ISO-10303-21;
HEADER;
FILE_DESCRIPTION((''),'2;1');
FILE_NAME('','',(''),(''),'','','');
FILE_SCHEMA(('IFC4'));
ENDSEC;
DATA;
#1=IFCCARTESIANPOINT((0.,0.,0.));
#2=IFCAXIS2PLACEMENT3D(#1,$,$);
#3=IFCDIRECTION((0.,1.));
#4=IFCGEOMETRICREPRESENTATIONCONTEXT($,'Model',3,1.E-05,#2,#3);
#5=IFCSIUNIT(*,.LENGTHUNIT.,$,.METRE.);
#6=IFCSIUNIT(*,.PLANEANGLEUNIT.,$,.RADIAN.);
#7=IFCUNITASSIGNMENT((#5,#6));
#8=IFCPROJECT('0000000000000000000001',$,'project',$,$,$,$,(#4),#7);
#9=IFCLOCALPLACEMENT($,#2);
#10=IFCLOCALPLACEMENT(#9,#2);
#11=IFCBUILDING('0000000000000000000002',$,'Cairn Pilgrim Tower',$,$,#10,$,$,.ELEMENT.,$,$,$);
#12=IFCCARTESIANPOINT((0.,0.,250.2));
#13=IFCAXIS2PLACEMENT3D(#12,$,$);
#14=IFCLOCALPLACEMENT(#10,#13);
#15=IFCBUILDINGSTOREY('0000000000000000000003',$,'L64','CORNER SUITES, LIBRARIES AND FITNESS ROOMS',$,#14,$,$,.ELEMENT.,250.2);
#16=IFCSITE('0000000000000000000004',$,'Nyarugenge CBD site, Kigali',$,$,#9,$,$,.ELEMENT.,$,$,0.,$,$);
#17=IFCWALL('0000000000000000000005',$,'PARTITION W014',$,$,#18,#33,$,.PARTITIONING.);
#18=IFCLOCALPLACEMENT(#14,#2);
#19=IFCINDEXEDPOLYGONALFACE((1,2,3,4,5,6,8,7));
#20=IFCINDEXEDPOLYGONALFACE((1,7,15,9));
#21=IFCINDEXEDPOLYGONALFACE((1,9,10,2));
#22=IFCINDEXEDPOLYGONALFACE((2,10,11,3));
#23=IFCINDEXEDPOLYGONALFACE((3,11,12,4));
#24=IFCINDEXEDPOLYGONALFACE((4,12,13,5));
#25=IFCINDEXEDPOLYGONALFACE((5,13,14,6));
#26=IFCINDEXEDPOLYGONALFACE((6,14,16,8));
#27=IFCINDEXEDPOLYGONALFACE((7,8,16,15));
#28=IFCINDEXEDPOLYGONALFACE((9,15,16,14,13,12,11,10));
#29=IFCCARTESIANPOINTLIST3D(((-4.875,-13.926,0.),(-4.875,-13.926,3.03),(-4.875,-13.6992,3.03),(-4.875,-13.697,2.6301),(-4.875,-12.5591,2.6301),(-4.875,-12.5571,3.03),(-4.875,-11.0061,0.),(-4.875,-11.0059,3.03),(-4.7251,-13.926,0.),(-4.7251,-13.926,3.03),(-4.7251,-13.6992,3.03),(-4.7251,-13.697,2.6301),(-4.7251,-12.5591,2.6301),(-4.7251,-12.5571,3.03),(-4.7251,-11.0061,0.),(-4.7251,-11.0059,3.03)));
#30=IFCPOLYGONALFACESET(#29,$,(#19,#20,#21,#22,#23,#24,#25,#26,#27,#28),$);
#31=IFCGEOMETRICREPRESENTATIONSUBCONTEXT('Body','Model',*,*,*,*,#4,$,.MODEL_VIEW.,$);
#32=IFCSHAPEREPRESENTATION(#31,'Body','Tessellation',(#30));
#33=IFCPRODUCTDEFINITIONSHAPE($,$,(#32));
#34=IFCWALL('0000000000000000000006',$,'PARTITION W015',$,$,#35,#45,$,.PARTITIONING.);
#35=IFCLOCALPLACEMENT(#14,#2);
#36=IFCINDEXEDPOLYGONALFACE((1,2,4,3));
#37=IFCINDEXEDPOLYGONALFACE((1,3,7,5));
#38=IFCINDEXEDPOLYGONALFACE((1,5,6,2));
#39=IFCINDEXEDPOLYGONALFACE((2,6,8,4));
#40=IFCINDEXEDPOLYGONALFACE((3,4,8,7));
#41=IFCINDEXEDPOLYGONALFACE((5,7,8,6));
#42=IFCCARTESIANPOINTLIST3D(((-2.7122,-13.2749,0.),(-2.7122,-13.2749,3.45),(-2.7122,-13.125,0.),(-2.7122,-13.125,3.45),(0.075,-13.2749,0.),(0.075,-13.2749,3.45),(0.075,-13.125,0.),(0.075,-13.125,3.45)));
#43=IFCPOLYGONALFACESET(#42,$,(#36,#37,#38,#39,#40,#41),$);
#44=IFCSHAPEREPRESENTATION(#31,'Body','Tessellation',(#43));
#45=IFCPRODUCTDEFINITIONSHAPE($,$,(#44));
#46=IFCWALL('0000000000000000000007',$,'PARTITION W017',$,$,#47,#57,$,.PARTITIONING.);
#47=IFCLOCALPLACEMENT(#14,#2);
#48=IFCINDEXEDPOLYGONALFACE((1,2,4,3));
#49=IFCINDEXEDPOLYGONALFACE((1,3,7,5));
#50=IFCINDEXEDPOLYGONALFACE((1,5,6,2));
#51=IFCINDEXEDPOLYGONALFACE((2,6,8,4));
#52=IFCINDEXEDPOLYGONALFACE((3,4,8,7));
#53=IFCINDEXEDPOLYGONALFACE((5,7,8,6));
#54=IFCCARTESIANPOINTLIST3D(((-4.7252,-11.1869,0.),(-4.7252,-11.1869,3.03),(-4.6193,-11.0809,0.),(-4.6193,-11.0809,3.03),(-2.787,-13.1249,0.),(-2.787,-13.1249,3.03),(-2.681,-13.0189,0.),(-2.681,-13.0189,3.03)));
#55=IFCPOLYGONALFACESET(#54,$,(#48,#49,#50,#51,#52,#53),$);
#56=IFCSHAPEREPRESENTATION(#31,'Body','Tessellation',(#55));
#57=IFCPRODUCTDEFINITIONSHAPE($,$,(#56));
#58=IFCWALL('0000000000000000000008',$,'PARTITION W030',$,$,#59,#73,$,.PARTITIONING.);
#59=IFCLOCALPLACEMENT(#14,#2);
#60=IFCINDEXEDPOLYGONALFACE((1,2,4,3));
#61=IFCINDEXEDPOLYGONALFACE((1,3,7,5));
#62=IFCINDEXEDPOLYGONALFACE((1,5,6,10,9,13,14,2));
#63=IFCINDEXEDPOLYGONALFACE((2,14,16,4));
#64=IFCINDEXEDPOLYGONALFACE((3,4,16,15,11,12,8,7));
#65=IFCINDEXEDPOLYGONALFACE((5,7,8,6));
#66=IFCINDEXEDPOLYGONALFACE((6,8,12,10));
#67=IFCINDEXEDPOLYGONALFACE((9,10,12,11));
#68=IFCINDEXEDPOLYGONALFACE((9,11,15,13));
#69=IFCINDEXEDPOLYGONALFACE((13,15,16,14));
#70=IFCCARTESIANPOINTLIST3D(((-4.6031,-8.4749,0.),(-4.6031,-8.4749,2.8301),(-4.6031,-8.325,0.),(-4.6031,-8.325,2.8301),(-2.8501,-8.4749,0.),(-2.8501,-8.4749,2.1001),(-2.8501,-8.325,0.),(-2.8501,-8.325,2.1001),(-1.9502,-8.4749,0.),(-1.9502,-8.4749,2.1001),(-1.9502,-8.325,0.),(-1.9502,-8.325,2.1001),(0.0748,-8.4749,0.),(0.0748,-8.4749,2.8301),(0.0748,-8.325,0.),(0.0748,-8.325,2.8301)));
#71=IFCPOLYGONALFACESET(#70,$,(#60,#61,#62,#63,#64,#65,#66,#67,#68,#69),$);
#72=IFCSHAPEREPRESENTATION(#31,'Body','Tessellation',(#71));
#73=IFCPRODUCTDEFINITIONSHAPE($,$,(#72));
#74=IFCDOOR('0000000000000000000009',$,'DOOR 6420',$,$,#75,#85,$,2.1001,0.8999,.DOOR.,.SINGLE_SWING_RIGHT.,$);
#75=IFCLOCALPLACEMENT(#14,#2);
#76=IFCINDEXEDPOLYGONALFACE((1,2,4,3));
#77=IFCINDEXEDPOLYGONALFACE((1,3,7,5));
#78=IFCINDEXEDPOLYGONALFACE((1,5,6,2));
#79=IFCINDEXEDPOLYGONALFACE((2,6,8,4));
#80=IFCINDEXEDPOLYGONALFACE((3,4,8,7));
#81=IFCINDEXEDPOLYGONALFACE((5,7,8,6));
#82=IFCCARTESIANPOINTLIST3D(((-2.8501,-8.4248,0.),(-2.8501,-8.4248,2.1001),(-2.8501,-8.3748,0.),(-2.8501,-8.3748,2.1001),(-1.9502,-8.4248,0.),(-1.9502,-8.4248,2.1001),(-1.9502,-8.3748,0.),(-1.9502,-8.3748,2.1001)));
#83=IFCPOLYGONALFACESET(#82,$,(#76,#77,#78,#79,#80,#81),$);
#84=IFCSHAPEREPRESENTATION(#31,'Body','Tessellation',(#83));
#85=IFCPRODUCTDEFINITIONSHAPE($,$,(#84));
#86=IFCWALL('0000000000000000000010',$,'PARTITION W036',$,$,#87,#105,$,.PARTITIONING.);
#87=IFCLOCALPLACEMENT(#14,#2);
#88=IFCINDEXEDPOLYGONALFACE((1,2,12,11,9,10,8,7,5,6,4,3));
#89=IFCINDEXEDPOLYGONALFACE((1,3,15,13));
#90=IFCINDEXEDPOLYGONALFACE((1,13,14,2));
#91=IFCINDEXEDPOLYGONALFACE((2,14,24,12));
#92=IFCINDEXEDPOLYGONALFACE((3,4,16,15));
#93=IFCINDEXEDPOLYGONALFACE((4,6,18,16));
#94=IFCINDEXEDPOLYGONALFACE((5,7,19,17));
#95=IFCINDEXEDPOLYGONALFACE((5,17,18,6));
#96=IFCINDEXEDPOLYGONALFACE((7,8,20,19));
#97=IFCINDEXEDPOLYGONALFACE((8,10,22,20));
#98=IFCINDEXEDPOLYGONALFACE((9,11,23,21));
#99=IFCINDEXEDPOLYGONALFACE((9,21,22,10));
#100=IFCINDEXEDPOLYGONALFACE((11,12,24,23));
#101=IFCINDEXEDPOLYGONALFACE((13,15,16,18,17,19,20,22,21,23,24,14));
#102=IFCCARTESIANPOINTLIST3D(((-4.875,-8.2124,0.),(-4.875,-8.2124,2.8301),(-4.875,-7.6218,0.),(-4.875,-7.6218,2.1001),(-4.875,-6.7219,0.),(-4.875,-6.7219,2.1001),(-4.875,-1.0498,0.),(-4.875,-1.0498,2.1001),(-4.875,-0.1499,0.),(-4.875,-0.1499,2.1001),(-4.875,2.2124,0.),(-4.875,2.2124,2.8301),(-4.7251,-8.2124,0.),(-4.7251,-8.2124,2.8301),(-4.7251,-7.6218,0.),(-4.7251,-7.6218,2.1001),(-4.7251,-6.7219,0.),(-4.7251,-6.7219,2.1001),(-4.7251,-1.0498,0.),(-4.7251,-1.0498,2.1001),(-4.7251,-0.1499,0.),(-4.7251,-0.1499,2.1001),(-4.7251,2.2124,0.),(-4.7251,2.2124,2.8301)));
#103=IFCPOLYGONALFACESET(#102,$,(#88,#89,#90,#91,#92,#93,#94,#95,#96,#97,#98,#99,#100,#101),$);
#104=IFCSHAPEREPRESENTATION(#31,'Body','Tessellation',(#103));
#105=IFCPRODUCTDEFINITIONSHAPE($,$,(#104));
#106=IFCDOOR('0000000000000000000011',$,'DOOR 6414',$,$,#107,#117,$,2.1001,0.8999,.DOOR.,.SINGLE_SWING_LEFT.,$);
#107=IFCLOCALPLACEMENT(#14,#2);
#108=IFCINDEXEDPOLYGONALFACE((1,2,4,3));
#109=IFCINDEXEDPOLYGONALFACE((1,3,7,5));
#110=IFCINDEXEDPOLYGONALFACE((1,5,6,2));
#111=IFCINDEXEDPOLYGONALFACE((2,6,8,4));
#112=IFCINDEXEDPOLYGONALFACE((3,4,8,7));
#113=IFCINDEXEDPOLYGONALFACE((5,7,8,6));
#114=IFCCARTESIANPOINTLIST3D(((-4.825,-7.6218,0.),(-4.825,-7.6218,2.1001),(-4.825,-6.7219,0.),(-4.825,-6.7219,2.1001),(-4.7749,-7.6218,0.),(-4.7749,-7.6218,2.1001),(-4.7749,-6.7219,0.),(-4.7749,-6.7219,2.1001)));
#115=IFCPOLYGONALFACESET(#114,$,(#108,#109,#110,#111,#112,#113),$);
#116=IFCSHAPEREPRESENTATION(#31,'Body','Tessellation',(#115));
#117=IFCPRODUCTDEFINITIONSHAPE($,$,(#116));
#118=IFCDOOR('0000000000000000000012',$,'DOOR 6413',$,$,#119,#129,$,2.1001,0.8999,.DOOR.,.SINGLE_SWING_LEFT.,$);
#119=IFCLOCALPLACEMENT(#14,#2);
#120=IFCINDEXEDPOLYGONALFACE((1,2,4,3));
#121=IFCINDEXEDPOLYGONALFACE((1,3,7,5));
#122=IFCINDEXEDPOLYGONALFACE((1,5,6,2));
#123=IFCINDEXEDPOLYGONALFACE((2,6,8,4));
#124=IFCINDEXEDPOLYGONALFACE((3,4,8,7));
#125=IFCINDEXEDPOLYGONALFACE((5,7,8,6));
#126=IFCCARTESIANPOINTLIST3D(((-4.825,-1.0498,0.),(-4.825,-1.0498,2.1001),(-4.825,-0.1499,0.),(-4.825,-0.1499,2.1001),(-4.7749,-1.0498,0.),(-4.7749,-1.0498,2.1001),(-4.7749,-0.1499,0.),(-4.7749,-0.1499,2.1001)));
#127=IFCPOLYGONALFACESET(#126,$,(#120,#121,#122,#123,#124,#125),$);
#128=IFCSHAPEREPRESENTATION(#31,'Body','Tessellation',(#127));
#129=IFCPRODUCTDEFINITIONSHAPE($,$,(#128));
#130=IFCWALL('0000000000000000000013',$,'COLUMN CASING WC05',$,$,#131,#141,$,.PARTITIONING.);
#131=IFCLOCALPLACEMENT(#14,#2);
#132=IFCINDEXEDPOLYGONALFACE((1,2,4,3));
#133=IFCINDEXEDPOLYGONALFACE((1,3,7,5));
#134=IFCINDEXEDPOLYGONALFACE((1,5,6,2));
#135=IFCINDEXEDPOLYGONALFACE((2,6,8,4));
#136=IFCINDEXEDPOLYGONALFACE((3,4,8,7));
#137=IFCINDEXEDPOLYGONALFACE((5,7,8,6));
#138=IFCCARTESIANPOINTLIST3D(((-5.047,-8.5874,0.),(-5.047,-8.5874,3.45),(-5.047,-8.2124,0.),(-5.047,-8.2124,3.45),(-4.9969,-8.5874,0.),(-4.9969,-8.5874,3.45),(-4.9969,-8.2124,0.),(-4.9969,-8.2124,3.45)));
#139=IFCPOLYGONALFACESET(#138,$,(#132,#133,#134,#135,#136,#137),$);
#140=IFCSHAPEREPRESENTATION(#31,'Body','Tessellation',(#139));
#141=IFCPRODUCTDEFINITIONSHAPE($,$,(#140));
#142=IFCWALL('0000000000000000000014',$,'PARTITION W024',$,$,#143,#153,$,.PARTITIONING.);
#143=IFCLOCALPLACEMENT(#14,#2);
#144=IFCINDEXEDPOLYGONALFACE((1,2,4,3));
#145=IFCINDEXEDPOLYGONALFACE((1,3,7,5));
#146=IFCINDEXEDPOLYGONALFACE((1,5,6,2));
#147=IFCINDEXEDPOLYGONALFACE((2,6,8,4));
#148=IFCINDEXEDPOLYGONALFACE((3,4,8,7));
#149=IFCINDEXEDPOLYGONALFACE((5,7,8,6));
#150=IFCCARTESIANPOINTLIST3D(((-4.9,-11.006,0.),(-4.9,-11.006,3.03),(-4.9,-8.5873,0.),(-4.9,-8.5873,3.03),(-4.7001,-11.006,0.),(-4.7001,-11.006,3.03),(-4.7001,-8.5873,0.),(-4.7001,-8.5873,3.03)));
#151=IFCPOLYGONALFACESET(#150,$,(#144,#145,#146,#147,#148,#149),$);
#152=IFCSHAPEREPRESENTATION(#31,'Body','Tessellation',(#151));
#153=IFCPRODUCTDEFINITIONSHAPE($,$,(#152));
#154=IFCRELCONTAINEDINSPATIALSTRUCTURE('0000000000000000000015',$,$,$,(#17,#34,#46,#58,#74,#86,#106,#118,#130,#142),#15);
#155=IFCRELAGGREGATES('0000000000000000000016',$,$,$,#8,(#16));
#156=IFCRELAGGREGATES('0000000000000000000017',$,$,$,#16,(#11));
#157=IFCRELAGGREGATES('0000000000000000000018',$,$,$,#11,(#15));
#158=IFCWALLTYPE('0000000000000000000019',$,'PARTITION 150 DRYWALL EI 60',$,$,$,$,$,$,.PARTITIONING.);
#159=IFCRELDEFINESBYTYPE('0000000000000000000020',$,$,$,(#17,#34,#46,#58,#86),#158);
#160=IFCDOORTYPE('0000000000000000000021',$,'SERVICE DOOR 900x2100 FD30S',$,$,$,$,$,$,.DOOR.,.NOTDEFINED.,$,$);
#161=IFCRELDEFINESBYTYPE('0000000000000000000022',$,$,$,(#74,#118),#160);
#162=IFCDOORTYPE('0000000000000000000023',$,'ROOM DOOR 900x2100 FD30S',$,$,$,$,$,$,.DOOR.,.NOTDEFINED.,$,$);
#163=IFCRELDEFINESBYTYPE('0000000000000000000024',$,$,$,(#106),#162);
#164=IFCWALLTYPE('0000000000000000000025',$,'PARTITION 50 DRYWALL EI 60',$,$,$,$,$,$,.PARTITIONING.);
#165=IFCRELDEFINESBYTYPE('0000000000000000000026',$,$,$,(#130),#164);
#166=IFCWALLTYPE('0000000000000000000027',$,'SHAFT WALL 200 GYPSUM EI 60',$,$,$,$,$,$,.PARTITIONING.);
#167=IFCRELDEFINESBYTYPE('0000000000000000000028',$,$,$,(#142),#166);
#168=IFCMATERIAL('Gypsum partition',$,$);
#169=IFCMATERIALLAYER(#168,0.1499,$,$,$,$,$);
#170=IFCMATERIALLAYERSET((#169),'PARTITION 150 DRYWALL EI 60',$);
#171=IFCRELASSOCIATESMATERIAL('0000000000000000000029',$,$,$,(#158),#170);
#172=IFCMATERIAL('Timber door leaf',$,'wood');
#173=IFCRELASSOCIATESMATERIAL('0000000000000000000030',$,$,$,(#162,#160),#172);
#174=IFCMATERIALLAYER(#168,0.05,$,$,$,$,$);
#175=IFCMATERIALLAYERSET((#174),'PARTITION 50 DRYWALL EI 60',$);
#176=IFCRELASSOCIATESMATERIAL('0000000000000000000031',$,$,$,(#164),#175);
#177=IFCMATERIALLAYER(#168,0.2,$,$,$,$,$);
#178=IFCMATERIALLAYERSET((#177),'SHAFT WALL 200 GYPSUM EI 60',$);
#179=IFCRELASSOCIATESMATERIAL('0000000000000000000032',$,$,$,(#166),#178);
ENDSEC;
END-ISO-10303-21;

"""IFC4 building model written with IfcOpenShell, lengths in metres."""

from ifc_helpers import new_model, si_unit, direction, frame, frame_2d, origin, place, context, subcontext, project, spatial, polyline, rectangle, outline, extrude, material, layer, layer_set, type_object, element, fill, save


model = new_model("IFC4")

# Units and contexts
model_context = context("Model", 3, precision=1e-05, world=origin(), true_north=direction((0.0, 1.0)))
body_context = subcontext(model_context, "Body", "Model", "MODEL_VIEW")
ifc_project = project(units=[si_unit("LENGTHUNIT", "METRE"), si_unit("PLANEANGLEUNIT", "RADIAN")], contexts=[model_context])

# Site, building, storey
site_placement = place(None, origin())
site = spatial("IfcSite", under=ifc_project, at=site_placement, Name="Nyarugenge CBD site, Kigali", CompositionType="ELEMENT", RefElevation=0.0)
building_placement = place(site_placement, origin())
building = spatial("IfcBuilding", under=site, at=building_placement, Name="Cairn Pilgrim Tower", CompositionType="ELEMENT")
storey_placement = place(building_placement, frame((0.0, 0.0, 250.2)))
storey = spatial("IfcBuildingStorey", under=building, at=storey_placement, Name="L64", Description="CORNER SUITES, LIBRARIES AND FITNESS ROOMS", CompositionType="ELEMENT", Elevation=250.2)

# Shared definitions
ifc_material_1 = material(Name="Gypsum partition")
ifc_layer_1 = layer(ifc_material_1, 0.1499)
ifc_layer_set_1 = layer_set([ifc_layer_1], Name="PARTITION 150 DRYWALL EI 60")
wall_type_1 = type_object("IfcWallType", Name="PARTITION 150 DRYWALL EI 60", PredefinedType="PARTITIONING", material=ifc_layer_set_1)
ifc_material_2 = material(Name="Timber door leaf", Category="wood")
door_type_1 = type_object("IfcDoorType", Name="ROOM DOOR 900x2100 FD30S", OperationType="NOTDEFINED", PredefinedType="DOOR", material=ifc_material_2)

# Walls
wall_1_placement = place(storey_placement, frame((-4.8, -13.926, 0.0), z_axis=(0.0, 0.0, 1.0), x_axis=(0.0, 1.0, 0.0)))
element("IfcWall", 1, at=wall_1_placement, inside=storey, type_object=wall_type_1, Name="PARTITION W014", PredefinedType="PARTITIONING", context=body_context, shape_type="SweptSolid", body=[
    extrude(outline(polyline([(0.0, 0.0), (2.9199, 0.0), (2.9202, 3.03), (1.3689, 3.03), (1.3669, 2.6301), (0.229, 2.6301), (0.2268, 3.03), (0.0, 3.03), (0.0, 0.0)])), frame((0.0, 0.075, 0.0), z_axis=(0.0, -1.0, 0.0), x_axis=(1.0, 0.0, 0.0)), (0.0, 0.0, 1.0), 0.1499),
])
wall_2_placement = place(storey_placement, frame((-2.7122, -13.2, 0.0), z_axis=(0.0, 0.0, 1.0), x_axis=(1.0, 0.0, 0.0)))
element("IfcWall", 2, at=wall_2_placement, inside=storey, type_object=wall_type_1, Name="PARTITION W015", PredefinedType="PARTITIONING", context=body_context, shape_type="SweptSolid", body=[
    extrude(rectangle(XDim=2.7871, YDim=0.1499, at=frame_2d((1.3936, 0.0))), origin(), (0.0, 0.0, 1.0), 3.45),
])
wall_3_placement = place(storey_placement, frame((-2.7339, -13.072, 0.0), z_axis=(0.0, 0.0, 1.0), x_axis=(-0.707151, 0.707062, 0.0)))
element("IfcWall", 3, at=wall_3_placement, inside=storey, type_object=wall_type_1, Name="PARTITION W017", PredefinedType="PARTITIONING", context=body_context, shape_type="SweptSolid", body=[
    extrude(rectangle(XDim=2.741, YDim=0.1499, at=frame_2d((1.3706, 0.0))), origin(), (0.0, 0.0, 1.0), 3.03),
])

# Wall, opening, door
wall_4_placement = place(storey_placement, frame((-4.603, -8.3999, 0.0), z_axis=(0.0, 0.0, 1.0), x_axis=(1.0, 0.0, 0.0)))
wall_4 = element("IfcWall", 4, at=wall_4_placement, inside=storey, type_object=wall_type_1, Name="PARTITION W030", PredefinedType="PARTITIONING", context=body_context, shape_type="SweptSolid", body=[
    extrude(rectangle(XDim=4.678, YDim=0.1499, at=frame_2d((2.3389, 0.0))), origin(), (0.0, 0.0, 1.0), 2.8301),
])
opening_1_placement = place(wall_4_placement, frame((1.7529, 0.0, 0.0)))
opening_1 = element("IfcOpeningElement", 5, at=opening_1_placement, cuts=wall_4, PredefinedType="OPENING", context=body_context, shape_type="SweptSolid", body=[
    extrude(rectangle(XDim=0.8999, YDim=2.1001, at=frame_2d((0.45, 1.05))), frame((0.0, 0.085, 0.0), z_axis=(0.0, -1.0, 0.0), x_axis=(1.0, 0.0, 0.0)), (0.0, 0.0, 1.0), 0.1699),
])
door_type_2 = type_object("IfcDoorType", Name="SERVICE DOOR 900x2100 FD30S", OperationType="NOTDEFINED", PredefinedType="DOOR", material=ifc_material_2)
door_1_placement = place(opening_1_placement, frame((0.8999, 0.0, 0.0), z_axis=(0.0, 0.0, 1.0), x_axis=(-1.0, 0.0, 0.0)))
door_1 = element("IfcDoor", 6, at=door_1_placement, inside=storey, type_object=door_type_2, Name="DOOR 6420", OperationType="SINGLE_SWING_RIGHT", OverallHeight=2.1001, OverallWidth=0.8999, PredefinedType="DOOR", context=body_context, shape_type="SweptSolid", body=[
    extrude(rectangle(XDim=0.8999, YDim=2.1001, at=frame_2d((0.45, 1.05))), frame((0.0, 0.0249, 0.0), z_axis=(0.0, -1.0, 0.0), x_axis=(1.0, 0.0, 0.0)), (0.0, 0.0, 1.0), 0.05),
])
fill(opening_1, door_1)

# Wall, openings, doors
wall_5_placement = place(storey_placement, frame((-4.8, -8.2124, 0.0), z_axis=(0.0, 0.0, 1.0), x_axis=(0.0, 1.0, 0.0)))
wall_5 = element("IfcWall", 7, at=wall_5_placement, inside=storey, type_object=wall_type_1, Name="PARTITION W036", PredefinedType="PARTITIONING", context=body_context, shape_type="SweptSolid", body=[
    extrude(rectangle(XDim=10.4248, YDim=0.1499, at=frame_2d((5.2124, 0.0))), origin(), (0.0, 0.0, 1.0), 2.8301),
])
opening_2_placement = place(wall_5_placement, frame((7.1626, 0.0, 0.0)))
opening_2 = element("IfcOpeningElement", 8, at=opening_2_placement, cuts=wall_5, PredefinedType="OPENING", context=body_context, shape_type="SweptSolid", body=[
    extrude(rectangle(XDim=0.8999, YDim=2.1001, at=frame_2d((0.45, 1.05))), frame((0.0, 0.085, 0.0), z_axis=(0.0, -1.0, 0.0), x_axis=(1.0, 0.0, 0.0)), (0.0, 0.0, 1.0), 0.1699),
])
opening_3_placement = place(wall_5_placement, frame((0.5906, 0.0, 0.0)))
opening_3 = element("IfcOpeningElement", 9, at=opening_3_placement, cuts=wall_5, PredefinedType="OPENING", context=body_context, shape_type="SweptSolid", body=[
    extrude(rectangle(XDim=0.8999, YDim=2.1001, at=frame_2d((0.45, 1.05))), frame((0.0, 0.085, 0.0), z_axis=(0.0, -1.0, 0.0), x_axis=(1.0, 0.0, 0.0)), (0.0, 0.0, 1.0), 0.1699),
])
door_2_placement = place(opening_3_placement, origin())
door_2 = element("IfcDoor", 10, at=door_2_placement, inside=storey, type_object=door_type_1, Name="DOOR 6414", OperationType="SINGLE_SWING_LEFT", OverallHeight=2.1001, OverallWidth=0.8999, PredefinedType="DOOR", context=body_context, shape_type="SweptSolid", body=[
    extrude(rectangle(XDim=0.8999, YDim=2.1001, at=frame_2d((0.45, 1.05))), frame((0.0, 0.0249, 0.0), z_axis=(0.0, -1.0, 0.0), x_axis=(1.0, 0.0, 0.0)), (0.0, 0.0, 1.0), 0.05),
])
fill(opening_3, door_2)
door_3_placement = place(opening_2_placement, origin())
door_3 = element("IfcDoor", 11, at=door_3_placement, inside=storey, type_object=door_type_2, Name="DOOR 6413", OperationType="SINGLE_SWING_LEFT", OverallHeight=2.1001, OverallWidth=0.8999, PredefinedType="DOOR", context=body_context, shape_type="SweptSolid", body=[
    extrude(rectangle(XDim=0.8999, YDim=2.1001, at=frame_2d((0.45, 1.05))), frame((0.0, 0.0249, 0.0), z_axis=(0.0, -1.0, 0.0), x_axis=(1.0, 0.0, 0.0)), (0.0, 0.0, 1.0), 0.05),
])
fill(opening_2, door_3)

# Walls
ifc_layer_2 = layer(ifc_material_1, 0.05)
ifc_layer_set_2 = layer_set([ifc_layer_2], Name="PARTITION 50 DRYWALL EI 60")
wall_type_2 = type_object("IfcWallType", Name="PARTITION 50 DRYWALL EI 60", PredefinedType="PARTITIONING", material=ifc_layer_set_2)
wall_6_placement = place(storey_placement, frame((-5.022, -8.5874, 0.0), z_axis=(0.0, 0.0, 1.0), x_axis=(0.0, 1.0, 0.0)))
element("IfcWall", 12, at=wall_6_placement, inside=storey, type_object=wall_type_2, Name="COLUMN CASING WC05", PredefinedType="PARTITIONING", context=body_context, shape_type="SweptSolid", body=[
    extrude(rectangle(XDim=0.375, YDim=0.05, at=frame_2d((0.1875, 0.0))), origin(), (0.0, 0.0, 1.0), 3.45),
])
ifc_layer_3 = layer(ifc_material_1, 0.2)
ifc_layer_set_3 = layer_set([ifc_layer_3], Name="SHAFT WALL 200 GYPSUM EI 60")
wall_type_3 = type_object("IfcWallType", Name="SHAFT WALL 200 GYPSUM EI 60", PredefinedType="PARTITIONING", material=ifc_layer_set_3)
wall_7_placement = place(storey_placement, frame((-4.8, -11.0061, 0.0), z_axis=(0.0, 0.0, 1.0), x_axis=(0.0, 1.0, 0.0)))
element("IfcWall", 13, at=wall_7_placement, inside=storey, type_object=wall_type_3, Name="PARTITION W024", PredefinedType="PARTITIONING", context=body_context, shape_type="SweptSolid", body=[
    extrude(rectangle(XDim=2.4187, YDim=0.2, at=frame_2d((1.2095, 0.0))), origin(), (0.0, 0.0, 1.0), 3.03),
])

save(model, "model.ifc")
